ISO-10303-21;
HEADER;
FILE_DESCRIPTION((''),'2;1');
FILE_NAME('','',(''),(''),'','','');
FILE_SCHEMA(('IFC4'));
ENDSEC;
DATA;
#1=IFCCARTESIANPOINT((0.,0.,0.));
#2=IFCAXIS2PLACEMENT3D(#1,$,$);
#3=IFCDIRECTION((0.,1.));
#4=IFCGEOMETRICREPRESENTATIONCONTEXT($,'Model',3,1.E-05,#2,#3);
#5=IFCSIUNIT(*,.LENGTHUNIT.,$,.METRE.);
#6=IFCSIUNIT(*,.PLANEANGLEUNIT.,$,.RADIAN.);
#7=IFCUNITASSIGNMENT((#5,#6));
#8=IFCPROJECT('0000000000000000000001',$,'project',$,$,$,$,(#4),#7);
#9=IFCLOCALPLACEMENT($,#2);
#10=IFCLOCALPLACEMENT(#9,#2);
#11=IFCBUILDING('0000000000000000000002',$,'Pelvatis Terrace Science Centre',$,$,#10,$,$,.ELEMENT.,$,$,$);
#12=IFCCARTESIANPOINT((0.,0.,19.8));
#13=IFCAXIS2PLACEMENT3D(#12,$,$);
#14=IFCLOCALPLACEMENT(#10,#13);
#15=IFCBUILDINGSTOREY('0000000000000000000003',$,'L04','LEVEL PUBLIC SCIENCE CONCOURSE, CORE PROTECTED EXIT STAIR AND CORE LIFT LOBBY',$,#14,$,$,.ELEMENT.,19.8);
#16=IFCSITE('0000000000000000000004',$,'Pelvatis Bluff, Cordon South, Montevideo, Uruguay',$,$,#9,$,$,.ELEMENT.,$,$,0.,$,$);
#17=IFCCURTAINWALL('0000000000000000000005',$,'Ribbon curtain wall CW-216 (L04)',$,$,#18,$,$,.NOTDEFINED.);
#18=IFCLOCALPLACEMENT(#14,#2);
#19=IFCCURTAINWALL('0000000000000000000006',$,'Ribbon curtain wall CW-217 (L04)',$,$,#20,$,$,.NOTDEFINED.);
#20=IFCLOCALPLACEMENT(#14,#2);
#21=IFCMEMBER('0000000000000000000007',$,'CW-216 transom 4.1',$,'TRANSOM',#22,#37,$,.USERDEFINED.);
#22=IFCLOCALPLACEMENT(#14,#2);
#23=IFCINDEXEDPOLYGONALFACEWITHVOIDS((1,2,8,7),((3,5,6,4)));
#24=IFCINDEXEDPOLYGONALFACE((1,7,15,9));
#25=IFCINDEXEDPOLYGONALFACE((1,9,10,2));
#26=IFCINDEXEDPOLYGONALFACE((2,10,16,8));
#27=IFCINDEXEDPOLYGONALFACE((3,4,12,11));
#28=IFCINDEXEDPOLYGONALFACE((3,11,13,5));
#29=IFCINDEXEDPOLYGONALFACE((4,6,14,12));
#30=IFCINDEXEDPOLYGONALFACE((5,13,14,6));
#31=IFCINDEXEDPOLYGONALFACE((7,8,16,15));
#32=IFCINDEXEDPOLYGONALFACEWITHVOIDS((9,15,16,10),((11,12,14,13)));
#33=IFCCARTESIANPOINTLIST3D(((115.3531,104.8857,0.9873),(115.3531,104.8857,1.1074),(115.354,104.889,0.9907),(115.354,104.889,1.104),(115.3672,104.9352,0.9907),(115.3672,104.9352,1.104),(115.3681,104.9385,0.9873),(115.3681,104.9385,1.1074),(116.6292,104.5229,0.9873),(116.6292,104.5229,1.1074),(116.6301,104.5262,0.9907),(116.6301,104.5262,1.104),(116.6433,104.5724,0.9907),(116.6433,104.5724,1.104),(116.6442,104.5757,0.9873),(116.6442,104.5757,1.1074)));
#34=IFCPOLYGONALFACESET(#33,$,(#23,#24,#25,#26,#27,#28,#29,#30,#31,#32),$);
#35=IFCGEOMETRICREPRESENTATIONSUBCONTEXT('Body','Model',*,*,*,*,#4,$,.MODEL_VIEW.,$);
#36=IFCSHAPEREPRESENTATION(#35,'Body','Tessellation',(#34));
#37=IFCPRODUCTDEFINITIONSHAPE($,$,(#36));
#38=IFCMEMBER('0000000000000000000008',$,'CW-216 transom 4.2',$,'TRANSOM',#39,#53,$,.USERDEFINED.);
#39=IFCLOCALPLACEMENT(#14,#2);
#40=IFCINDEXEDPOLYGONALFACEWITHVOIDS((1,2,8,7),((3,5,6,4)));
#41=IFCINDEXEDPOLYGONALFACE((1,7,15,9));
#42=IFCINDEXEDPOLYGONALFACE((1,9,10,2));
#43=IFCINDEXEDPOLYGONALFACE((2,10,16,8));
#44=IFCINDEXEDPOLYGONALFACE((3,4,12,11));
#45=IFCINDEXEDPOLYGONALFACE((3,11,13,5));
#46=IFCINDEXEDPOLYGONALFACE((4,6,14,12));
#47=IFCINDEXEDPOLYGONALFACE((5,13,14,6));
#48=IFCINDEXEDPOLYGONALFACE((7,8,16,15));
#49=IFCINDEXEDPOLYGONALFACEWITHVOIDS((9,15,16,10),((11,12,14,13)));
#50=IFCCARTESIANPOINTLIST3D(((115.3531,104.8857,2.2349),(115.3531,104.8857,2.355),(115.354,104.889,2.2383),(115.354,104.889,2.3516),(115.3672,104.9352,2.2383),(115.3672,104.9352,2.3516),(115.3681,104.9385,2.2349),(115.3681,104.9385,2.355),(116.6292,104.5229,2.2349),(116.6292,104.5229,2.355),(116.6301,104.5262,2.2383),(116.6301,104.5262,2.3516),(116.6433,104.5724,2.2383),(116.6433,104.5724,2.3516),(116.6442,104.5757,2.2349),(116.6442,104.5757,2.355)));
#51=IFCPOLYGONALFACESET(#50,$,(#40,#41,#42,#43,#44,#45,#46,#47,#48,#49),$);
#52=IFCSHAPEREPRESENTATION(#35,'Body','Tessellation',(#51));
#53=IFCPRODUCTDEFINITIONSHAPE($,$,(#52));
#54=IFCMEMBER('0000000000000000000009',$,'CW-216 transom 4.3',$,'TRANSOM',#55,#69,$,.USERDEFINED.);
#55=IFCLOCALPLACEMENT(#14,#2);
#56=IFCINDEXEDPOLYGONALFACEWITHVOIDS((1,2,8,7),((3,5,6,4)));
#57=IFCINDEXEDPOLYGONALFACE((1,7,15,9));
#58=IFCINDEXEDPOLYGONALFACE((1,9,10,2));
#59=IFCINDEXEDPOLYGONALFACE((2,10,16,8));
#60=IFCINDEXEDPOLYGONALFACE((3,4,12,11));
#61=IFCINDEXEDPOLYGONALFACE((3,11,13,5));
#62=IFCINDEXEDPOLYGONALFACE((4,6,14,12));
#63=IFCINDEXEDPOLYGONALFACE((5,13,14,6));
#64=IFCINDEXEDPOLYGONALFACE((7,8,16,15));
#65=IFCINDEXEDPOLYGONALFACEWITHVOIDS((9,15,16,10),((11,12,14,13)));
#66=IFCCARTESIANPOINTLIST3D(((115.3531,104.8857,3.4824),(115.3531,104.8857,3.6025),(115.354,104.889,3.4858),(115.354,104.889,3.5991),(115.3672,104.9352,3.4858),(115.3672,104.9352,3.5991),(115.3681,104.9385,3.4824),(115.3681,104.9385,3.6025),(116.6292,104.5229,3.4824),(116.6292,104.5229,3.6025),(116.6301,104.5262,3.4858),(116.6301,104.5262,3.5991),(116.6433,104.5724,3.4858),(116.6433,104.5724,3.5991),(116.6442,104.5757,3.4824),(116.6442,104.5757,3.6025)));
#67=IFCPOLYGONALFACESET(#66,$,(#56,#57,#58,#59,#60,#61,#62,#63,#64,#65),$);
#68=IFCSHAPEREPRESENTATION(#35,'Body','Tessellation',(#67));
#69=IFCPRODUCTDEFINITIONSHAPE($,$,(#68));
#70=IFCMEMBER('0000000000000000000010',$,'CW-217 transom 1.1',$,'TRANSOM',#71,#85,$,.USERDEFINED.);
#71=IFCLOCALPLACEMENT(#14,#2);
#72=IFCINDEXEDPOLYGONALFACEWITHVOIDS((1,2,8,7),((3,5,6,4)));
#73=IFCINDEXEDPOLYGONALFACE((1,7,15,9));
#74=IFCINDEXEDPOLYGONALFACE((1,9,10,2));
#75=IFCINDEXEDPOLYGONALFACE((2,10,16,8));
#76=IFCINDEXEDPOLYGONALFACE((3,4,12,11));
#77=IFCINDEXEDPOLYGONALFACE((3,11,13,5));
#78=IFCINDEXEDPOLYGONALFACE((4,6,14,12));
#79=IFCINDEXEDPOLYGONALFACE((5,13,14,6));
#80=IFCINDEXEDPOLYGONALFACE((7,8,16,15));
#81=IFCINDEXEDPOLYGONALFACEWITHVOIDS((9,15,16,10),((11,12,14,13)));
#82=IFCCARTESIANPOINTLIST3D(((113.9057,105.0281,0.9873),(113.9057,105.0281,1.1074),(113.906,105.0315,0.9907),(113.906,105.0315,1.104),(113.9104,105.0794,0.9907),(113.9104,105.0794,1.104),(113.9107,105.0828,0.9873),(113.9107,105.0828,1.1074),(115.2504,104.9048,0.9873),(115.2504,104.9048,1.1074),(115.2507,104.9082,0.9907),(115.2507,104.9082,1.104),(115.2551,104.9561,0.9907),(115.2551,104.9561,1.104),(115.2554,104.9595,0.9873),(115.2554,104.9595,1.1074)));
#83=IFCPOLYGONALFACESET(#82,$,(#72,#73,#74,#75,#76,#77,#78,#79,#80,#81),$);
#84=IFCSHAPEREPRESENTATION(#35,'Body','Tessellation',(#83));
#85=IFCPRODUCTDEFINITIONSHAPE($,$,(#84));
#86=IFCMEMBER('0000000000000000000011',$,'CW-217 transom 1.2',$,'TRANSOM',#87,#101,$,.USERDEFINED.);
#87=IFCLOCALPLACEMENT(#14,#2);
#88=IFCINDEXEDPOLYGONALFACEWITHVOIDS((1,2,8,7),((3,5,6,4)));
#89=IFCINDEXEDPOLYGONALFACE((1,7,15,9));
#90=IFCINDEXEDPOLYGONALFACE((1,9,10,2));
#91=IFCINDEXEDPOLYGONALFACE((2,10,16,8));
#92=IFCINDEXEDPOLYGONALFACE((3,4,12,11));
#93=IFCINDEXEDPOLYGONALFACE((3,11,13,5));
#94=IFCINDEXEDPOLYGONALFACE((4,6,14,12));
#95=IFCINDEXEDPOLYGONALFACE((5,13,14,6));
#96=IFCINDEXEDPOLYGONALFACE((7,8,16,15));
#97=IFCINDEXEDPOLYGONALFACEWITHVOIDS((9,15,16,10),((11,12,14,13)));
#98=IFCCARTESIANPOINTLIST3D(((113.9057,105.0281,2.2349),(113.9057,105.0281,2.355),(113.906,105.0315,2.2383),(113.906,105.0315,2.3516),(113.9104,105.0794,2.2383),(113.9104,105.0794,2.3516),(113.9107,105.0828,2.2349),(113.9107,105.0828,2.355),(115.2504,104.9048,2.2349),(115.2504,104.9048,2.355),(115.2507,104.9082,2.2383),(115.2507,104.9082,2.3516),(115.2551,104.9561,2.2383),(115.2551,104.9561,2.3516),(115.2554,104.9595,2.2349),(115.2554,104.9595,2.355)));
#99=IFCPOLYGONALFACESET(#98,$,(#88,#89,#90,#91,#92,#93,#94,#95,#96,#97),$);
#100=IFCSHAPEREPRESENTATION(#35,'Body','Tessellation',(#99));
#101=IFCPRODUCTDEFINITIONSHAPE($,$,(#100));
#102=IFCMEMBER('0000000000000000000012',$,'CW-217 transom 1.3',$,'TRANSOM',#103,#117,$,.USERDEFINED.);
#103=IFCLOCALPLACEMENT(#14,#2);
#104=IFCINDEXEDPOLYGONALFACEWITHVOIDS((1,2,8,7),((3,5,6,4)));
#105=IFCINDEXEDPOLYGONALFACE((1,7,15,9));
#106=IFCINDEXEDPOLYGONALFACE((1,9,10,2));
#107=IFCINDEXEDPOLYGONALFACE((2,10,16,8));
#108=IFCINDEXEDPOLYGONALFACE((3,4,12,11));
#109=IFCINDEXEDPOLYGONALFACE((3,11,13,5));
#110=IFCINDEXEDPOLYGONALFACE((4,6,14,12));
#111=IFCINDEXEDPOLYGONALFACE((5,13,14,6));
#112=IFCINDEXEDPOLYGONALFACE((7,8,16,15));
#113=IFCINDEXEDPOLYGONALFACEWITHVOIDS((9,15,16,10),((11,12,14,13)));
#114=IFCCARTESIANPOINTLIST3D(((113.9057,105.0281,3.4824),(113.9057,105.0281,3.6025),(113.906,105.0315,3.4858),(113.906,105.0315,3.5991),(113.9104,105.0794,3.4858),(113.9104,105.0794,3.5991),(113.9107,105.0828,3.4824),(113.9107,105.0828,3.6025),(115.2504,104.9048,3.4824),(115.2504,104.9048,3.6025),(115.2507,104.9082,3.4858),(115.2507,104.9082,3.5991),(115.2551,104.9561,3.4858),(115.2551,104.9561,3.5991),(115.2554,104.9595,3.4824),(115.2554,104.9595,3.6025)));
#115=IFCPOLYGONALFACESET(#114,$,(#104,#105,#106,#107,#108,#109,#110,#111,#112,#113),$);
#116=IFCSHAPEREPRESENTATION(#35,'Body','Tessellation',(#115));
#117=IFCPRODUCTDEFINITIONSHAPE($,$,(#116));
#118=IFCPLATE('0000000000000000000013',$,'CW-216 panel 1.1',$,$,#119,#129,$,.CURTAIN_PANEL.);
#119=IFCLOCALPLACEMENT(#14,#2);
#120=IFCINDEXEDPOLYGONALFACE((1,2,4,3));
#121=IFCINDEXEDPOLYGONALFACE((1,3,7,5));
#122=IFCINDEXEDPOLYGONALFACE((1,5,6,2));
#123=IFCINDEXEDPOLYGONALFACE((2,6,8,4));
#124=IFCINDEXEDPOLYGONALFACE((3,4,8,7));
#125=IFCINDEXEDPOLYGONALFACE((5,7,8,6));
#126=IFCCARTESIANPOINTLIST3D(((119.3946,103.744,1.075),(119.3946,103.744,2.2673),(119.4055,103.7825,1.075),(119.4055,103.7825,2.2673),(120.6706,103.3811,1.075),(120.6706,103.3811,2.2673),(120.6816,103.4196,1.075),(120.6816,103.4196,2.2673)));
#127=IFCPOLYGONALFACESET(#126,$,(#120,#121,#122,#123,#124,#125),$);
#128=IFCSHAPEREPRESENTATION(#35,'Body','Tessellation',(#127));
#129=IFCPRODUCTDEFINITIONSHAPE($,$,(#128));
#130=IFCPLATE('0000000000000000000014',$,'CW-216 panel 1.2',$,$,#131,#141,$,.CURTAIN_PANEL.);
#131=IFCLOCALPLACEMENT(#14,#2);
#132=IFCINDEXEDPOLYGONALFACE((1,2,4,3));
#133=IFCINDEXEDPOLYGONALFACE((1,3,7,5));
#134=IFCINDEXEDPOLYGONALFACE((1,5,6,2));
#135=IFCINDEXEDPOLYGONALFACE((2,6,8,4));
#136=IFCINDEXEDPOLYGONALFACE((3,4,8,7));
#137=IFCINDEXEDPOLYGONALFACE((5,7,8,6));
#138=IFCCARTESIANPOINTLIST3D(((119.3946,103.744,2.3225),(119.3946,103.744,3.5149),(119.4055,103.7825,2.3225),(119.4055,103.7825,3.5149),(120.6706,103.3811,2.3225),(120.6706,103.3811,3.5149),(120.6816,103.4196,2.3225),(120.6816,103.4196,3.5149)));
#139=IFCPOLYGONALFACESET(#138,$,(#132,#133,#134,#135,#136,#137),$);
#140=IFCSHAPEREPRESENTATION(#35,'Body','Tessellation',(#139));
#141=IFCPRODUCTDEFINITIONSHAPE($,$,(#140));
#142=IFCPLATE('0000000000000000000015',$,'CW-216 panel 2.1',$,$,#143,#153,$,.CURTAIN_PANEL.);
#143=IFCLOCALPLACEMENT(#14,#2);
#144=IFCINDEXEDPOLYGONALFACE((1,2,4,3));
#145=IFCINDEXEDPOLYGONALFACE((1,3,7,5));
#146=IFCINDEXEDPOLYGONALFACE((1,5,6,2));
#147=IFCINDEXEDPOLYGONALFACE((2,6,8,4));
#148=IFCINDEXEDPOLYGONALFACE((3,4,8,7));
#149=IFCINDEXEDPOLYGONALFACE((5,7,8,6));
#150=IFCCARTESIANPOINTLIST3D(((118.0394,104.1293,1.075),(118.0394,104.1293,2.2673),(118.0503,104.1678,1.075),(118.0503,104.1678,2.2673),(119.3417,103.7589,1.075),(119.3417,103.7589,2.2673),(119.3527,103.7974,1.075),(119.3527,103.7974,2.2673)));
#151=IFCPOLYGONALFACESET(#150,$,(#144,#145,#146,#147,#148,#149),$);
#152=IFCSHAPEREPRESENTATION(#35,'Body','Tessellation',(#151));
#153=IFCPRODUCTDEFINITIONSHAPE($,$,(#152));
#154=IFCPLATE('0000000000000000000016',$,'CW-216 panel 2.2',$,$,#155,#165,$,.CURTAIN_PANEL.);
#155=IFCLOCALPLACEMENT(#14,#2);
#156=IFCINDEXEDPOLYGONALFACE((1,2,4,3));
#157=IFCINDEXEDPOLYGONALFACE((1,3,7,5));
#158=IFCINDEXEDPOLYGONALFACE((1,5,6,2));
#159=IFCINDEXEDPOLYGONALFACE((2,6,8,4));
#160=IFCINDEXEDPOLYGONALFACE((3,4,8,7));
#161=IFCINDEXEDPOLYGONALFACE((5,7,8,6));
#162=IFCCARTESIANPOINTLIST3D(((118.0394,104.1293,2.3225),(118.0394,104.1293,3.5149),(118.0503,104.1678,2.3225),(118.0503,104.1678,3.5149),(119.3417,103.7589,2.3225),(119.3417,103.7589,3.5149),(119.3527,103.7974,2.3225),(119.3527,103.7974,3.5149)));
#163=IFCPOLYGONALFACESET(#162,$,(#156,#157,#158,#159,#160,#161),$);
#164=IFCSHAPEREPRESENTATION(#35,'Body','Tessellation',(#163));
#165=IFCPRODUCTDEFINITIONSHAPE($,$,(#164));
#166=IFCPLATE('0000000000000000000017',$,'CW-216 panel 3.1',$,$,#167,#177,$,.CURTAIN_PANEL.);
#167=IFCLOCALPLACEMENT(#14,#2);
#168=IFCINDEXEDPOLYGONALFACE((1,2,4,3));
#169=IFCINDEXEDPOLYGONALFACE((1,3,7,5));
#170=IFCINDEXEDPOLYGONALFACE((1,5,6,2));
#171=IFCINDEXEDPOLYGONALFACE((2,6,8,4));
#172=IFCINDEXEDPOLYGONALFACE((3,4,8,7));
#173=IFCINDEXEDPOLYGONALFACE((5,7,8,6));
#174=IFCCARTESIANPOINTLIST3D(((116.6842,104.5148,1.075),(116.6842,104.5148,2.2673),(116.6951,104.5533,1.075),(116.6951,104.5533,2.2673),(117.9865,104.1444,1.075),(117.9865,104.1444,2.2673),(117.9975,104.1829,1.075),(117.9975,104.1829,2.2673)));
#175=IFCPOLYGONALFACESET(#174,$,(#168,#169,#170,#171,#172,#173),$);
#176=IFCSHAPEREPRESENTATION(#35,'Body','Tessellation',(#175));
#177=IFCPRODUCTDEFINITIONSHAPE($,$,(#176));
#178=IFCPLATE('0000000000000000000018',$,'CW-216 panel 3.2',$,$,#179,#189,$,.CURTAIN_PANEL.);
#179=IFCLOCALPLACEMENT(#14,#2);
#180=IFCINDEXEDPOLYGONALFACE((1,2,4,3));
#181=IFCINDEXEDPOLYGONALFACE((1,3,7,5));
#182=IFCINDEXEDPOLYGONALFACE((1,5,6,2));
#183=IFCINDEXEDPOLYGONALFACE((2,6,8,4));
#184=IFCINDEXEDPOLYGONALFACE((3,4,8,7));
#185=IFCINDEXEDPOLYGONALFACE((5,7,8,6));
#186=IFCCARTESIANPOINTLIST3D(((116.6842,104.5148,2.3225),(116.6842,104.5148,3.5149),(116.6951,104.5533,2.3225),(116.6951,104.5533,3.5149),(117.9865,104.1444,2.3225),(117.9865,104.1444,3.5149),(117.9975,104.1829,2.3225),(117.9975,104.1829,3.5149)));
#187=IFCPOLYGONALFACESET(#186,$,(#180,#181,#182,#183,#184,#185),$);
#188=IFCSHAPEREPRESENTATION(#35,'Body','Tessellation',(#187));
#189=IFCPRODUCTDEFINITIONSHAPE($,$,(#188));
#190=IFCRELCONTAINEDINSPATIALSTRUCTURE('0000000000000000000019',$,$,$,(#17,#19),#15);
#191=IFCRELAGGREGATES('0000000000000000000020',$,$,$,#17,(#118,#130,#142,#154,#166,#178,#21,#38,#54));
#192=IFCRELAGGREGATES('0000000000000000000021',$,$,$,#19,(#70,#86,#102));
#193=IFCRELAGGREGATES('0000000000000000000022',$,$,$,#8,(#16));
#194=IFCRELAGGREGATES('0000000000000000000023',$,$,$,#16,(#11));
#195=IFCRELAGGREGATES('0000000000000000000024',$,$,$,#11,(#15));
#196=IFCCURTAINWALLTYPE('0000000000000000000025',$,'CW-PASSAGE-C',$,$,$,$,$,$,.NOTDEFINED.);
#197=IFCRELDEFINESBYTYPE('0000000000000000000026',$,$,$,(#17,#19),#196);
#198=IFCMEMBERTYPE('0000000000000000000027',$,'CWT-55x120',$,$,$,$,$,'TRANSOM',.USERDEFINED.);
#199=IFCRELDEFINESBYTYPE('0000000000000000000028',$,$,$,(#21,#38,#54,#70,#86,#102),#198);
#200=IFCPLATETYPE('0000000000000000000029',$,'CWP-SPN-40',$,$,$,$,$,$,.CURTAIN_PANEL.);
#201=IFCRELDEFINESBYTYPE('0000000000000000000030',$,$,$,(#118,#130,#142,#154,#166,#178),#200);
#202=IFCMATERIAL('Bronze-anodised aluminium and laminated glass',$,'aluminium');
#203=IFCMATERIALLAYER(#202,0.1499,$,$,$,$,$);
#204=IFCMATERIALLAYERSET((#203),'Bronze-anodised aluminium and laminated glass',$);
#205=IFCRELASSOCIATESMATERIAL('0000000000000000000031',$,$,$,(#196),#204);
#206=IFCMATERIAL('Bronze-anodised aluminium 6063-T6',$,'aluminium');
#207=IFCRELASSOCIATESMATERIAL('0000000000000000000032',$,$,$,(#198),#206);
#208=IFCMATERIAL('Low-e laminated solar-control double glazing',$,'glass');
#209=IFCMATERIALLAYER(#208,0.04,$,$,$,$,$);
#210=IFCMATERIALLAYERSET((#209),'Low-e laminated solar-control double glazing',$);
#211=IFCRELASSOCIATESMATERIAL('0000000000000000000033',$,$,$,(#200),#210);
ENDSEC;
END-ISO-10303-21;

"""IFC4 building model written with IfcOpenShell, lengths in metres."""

from ifc_helpers import new_model, si_unit, direction, frame, origin, origin_2d, place, context, subcontext, project, spatial, rectangle, hollow_rectangle, extrude, material, layer, layer_set, material_profile, profile_set, type_object, element, aggregate, save


model = new_model("IFC4")

# Units and contexts
model_context = context("Model", 3, precision=1e-05, world=origin(), true_north=direction((0.0, 1.0)))
body_context = subcontext(model_context, "Body", "Model", "MODEL_VIEW")
ifc_project = project(units=[si_unit("LENGTHUNIT", "METRE"), si_unit("PLANEANGLEUNIT", "RADIAN")], contexts=[model_context])

# Site, building, storey
site_placement = place(None, origin())
site = spatial("IfcSite", under=ifc_project, at=site_placement, Name="Pelvatis Bluff, Cordon South, Montevideo, Uruguay", CompositionType="ELEMENT", RefElevation=0.0)
building_placement = place(site_placement, origin())
building = spatial("IfcBuilding", under=site, at=building_placement, Name="Pelvatis Terrace Science Centre", CompositionType="ELEMENT")
storey_placement = place(building_placement, frame((0.0, 0.0, 19.8)))
storey = spatial("IfcBuildingStorey", under=building, at=storey_placement, Name="L04", Description="LEVEL PUBLIC SCIENCE CONCOURSE, CORE PROTECTED EXIT STAIR AND CORE LIFT LOBBY", CompositionType="ELEMENT", Elevation=19.8)

# Curtain wall
ifc_material_1 = material(Name="Bronze-anodised aluminium and laminated glass", Category="aluminium")
ifc_layer_1 = layer(ifc_material_1, 0.1499)
ifc_layer_set_1 = layer_set([ifc_layer_1], Name="Bronze-anodised aluminium and laminated glass")
curtain_wall_type = type_object("IfcCurtainWallType", Name="CW-PASSAGE-C", PredefinedType="NOTDEFINED", material=ifc_layer_set_1)
curtain_wall_1_placement = place(storey_placement, origin())
curtain_wall_1 = element("IfcCurtainWall", 1, at=curtain_wall_1_placement, inside=storey, type_object=curtain_wall_type, Name="Ribbon curtain wall CW-216 (L04)", PredefinedType="NOTDEFINED")

# Curtain wall
curtain_wall_2_placement = place(storey_placement, origin())
curtain_wall_2 = element("IfcCurtainWall", 2, at=curtain_wall_2_placement, inside=storey, type_object=curtain_wall_type, Name="Ribbon curtain wall CW-217 (L04)", PredefinedType="NOTDEFINED")

# Members
ifc_material_2 = material(Name="Bronze-anodised aluminium 6063-T6", Category="aluminium")
ifc_material_profile_1 = material_profile(ifc_material_2, hollow_rectangle(XDim=0.0549, YDim=0.1201, WallThickness=0.0034, at=origin_2d()), Name="ALU-TRN 55x120")
ifc_profile_set_1 = profile_set([ifc_material_profile_1], Name="Bronze-anodised aluminium 6063-T6")
member_type_1 = type_object("IfcMemberType", Name="CWT-55x120", ElementType="TRANSOM", PredefinedType="USERDEFINED", material=ifc_profile_set_1)
member_1_placement = place(storey_placement, frame((116.6367, 104.5493, 1.0474), z_axis=(-0.961884, 0.273457, 0.0), x_axis=(-0.273457, -0.961884, 0.0)))
member_1 = element("IfcMember", 3, at=member_1_placement, type_object=member_type_1, Name="CW-216 transom 4.1", ObjectType="TRANSOM", PredefinedType="USERDEFINED", context=body_context, shape_type="SweptSolid", body=[
    extrude(hollow_rectangle(XDim=0.0549, YDim=0.1201, WallThickness=0.0034, at=origin_2d()), origin(), (0.0, 0.0, 1.0), 1.3267),
])
member_2_placement = place(storey_placement, frame((116.6367, 104.5493, 2.2949), z_axis=(-0.961884, 0.273457, 0.0), x_axis=(-0.273457, -0.961884, 0.0)))
member_2 = element("IfcMember", 4, at=member_2_placement, type_object=member_type_1, Name="CW-216 transom 4.2", ObjectType="TRANSOM", PredefinedType="USERDEFINED", context=body_context, shape_type="SweptSolid", body=[
    extrude(hollow_rectangle(XDim=0.0549, YDim=0.1201, WallThickness=0.0034, at=origin_2d()), origin(), (0.0, 0.0, 1.0), 1.3267),
])
member_3_placement = place(storey_placement, frame((116.6367, 104.5493, 3.5425), z_axis=(-0.961884, 0.273457, 0.0), x_axis=(-0.273457, -0.961884, 0.0)))
member_3 = element("IfcMember", 5, at=member_3_placement, type_object=member_type_1, Name="CW-216 transom 4.3", ObjectType="TRANSOM", PredefinedType="USERDEFINED", context=body_context, shape_type="SweptSolid", body=[
    extrude(hollow_rectangle(XDim=0.0549, YDim=0.1201, WallThickness=0.0034, at=origin_2d()), origin(), (0.0, 0.0, 1.0), 1.3267),
])
member_4_placement = place(storey_placement, frame((115.2529, 104.9321, 1.0474), z_axis=(-0.995823, 0.091302, 0.0), x_axis=(-0.091302, -0.995823, 0.0)))
member_4 = element("IfcMember", 6, at=member_4_placement, type_object=member_type_1, Name="CW-217 transom 1.1", ObjectType="TRANSOM", PredefinedType="USERDEFINED", context=body_context, shape_type="SweptSolid", body=[
    extrude(hollow_rectangle(XDim=0.0549, YDim=0.1201, WallThickness=0.0034, at=origin_2d()), origin(), (0.0, 0.0, 1.0), 1.3503),
])
member_5_placement = place(storey_placement, frame((115.2529, 104.9321, 2.2949), z_axis=(-0.995823, 0.091302, 0.0), x_axis=(-0.091302, -0.995823, 0.0)))
member_5 = element("IfcMember", 7, at=member_5_placement, type_object=member_type_1, Name="CW-217 transom 1.2", ObjectType="TRANSOM", PredefinedType="USERDEFINED", context=body_context, shape_type="SweptSolid", body=[
    extrude(hollow_rectangle(XDim=0.0549, YDim=0.1201, WallThickness=0.0034, at=origin_2d()), origin(), (0.0, 0.0, 1.0), 1.3503),
])
member_6_placement = place(storey_placement, frame((115.2529, 104.9321, 3.5425), z_axis=(-0.995823, 0.091302, 0.0), x_axis=(-0.091302, -0.995823, 0.0)))
member_6 = element("IfcMember", 8, at=member_6_placement, type_object=member_type_1, Name="CW-217 transom 1.3", ObjectType="TRANSOM", PredefinedType="USERDEFINED", context=body_context, shape_type="SweptSolid", body=[
    extrude(hollow_rectangle(XDim=0.0549, YDim=0.1201, WallThickness=0.0034, at=origin_2d()), origin(), (0.0, 0.0, 1.0), 1.3503),
])

# Plates
ifc_material_3 = material(Name="Low-e laminated solar-control double glazing", Category="glass")
ifc_layer_2 = layer(ifc_material_3, 0.04)
ifc_layer_set_2 = layer_set([ifc_layer_2], Name="Low-e laminated solar-control double glazing")
plate_type = type_object("IfcPlateType", Name="CWP-SPN-40", PredefinedType="CURTAIN_PANEL", material=ifc_layer_set_2)
plate_1_placement = place(storey_placement, frame((120.0381, 103.5818, 1.075), z_axis=(0.0, 0.0, 1.0), x_axis=(-0.96185, 0.273577, 0.0)))
plate_1 = element("IfcPlate", 9, at=plate_1_placement, type_object=plate_type, Name="CW-216 panel 1.1", PredefinedType="CURTAIN_PANEL", context=body_context, shape_type="SweptSolid", body=[
    extrude(rectangle(XDim=1.3267, YDim=0.04, at=origin_2d()), origin(), (0.0, 0.0, 1.0), 1.1924),
])
plate_2_placement = place(storey_placement, frame((120.0381, 103.5818, 2.3225), z_axis=(0.0, 0.0, 1.0), x_axis=(-0.96185, 0.273577, 0.0)))
plate_2 = element("IfcPlate", 10, at=plate_2_placement, type_object=plate_type, Name="CW-216 panel 1.2", PredefinedType="CURTAIN_PANEL", context=body_context, shape_type="SweptSolid", body=[
    extrude(rectangle(XDim=1.3267, YDim=0.04, at=origin_2d()), origin(), (0.0, 0.0, 1.0), 1.1924),
])
plate_3_placement = place(storey_placement, frame((118.696, 103.9634, 1.075), z_axis=(0.0, 0.0, 1.0), x_axis=(-0.96185, 0.273577, 0.0)))
plate_3 = element("IfcPlate", 11, at=plate_3_placement, type_object=plate_type, Name="CW-216 panel 2.1", PredefinedType="CURTAIN_PANEL", context=body_context, shape_type="SweptSolid", body=[
    extrude(rectangle(XDim=1.354, YDim=0.04, at=origin_2d()), origin(), (0.0, 0.0, 1.0), 1.1924),
])
plate_4_placement = place(storey_placement, frame((118.696, 103.9634, 2.3225), z_axis=(0.0, 0.0, 1.0), x_axis=(-0.96185, 0.273577, 0.0)))
plate_4 = element("IfcPlate", 12, at=plate_4_placement, type_object=plate_type, Name="CW-216 panel 2.2", PredefinedType="CURTAIN_PANEL", context=body_context, shape_type="SweptSolid", body=[
    extrude(rectangle(XDim=1.354, YDim=0.04, at=origin_2d()), origin(), (0.0, 0.0, 1.0), 1.1924),
])
plate_5_placement = place(storey_placement, frame((117.3408, 104.3489, 1.075), z_axis=(0.0, 0.0, 1.0), x_axis=(-0.96185, 0.273577, 0.0)))
plate_5 = element("IfcPlate", 13, at=plate_5_placement, type_object=plate_type, Name="CW-216 panel 3.1", PredefinedType="CURTAIN_PANEL", context=body_context, shape_type="SweptSolid", body=[
    extrude(rectangle(XDim=1.354, YDim=0.04, at=origin_2d()), origin(), (0.0, 0.0, 1.0), 1.1924),
])
plate_6_placement = place(storey_placement, frame((117.3408, 104.3489, 2.3225), z_axis=(0.0, 0.0, 1.0), x_axis=(-0.96185, 0.273577, 0.0)))
plate_6 = element("IfcPlate", 14, at=plate_6_placement, type_object=plate_type, Name="CW-216 panel 3.2", PredefinedType="CURTAIN_PANEL", context=body_context, shape_type="SweptSolid", body=[
    extrude(rectangle(XDim=1.354, YDim=0.04, at=origin_2d()), origin(), (0.0, 0.0, 1.0), 1.1924),
])
aggregate(curtain_wall_1, [plate_1, plate_2, plate_3, plate_4, plate_5, plate_6, member_1, member_2, member_3])
aggregate(curtain_wall_2, [member_4, member_5, member_6])

save(model, "model.ifc")
